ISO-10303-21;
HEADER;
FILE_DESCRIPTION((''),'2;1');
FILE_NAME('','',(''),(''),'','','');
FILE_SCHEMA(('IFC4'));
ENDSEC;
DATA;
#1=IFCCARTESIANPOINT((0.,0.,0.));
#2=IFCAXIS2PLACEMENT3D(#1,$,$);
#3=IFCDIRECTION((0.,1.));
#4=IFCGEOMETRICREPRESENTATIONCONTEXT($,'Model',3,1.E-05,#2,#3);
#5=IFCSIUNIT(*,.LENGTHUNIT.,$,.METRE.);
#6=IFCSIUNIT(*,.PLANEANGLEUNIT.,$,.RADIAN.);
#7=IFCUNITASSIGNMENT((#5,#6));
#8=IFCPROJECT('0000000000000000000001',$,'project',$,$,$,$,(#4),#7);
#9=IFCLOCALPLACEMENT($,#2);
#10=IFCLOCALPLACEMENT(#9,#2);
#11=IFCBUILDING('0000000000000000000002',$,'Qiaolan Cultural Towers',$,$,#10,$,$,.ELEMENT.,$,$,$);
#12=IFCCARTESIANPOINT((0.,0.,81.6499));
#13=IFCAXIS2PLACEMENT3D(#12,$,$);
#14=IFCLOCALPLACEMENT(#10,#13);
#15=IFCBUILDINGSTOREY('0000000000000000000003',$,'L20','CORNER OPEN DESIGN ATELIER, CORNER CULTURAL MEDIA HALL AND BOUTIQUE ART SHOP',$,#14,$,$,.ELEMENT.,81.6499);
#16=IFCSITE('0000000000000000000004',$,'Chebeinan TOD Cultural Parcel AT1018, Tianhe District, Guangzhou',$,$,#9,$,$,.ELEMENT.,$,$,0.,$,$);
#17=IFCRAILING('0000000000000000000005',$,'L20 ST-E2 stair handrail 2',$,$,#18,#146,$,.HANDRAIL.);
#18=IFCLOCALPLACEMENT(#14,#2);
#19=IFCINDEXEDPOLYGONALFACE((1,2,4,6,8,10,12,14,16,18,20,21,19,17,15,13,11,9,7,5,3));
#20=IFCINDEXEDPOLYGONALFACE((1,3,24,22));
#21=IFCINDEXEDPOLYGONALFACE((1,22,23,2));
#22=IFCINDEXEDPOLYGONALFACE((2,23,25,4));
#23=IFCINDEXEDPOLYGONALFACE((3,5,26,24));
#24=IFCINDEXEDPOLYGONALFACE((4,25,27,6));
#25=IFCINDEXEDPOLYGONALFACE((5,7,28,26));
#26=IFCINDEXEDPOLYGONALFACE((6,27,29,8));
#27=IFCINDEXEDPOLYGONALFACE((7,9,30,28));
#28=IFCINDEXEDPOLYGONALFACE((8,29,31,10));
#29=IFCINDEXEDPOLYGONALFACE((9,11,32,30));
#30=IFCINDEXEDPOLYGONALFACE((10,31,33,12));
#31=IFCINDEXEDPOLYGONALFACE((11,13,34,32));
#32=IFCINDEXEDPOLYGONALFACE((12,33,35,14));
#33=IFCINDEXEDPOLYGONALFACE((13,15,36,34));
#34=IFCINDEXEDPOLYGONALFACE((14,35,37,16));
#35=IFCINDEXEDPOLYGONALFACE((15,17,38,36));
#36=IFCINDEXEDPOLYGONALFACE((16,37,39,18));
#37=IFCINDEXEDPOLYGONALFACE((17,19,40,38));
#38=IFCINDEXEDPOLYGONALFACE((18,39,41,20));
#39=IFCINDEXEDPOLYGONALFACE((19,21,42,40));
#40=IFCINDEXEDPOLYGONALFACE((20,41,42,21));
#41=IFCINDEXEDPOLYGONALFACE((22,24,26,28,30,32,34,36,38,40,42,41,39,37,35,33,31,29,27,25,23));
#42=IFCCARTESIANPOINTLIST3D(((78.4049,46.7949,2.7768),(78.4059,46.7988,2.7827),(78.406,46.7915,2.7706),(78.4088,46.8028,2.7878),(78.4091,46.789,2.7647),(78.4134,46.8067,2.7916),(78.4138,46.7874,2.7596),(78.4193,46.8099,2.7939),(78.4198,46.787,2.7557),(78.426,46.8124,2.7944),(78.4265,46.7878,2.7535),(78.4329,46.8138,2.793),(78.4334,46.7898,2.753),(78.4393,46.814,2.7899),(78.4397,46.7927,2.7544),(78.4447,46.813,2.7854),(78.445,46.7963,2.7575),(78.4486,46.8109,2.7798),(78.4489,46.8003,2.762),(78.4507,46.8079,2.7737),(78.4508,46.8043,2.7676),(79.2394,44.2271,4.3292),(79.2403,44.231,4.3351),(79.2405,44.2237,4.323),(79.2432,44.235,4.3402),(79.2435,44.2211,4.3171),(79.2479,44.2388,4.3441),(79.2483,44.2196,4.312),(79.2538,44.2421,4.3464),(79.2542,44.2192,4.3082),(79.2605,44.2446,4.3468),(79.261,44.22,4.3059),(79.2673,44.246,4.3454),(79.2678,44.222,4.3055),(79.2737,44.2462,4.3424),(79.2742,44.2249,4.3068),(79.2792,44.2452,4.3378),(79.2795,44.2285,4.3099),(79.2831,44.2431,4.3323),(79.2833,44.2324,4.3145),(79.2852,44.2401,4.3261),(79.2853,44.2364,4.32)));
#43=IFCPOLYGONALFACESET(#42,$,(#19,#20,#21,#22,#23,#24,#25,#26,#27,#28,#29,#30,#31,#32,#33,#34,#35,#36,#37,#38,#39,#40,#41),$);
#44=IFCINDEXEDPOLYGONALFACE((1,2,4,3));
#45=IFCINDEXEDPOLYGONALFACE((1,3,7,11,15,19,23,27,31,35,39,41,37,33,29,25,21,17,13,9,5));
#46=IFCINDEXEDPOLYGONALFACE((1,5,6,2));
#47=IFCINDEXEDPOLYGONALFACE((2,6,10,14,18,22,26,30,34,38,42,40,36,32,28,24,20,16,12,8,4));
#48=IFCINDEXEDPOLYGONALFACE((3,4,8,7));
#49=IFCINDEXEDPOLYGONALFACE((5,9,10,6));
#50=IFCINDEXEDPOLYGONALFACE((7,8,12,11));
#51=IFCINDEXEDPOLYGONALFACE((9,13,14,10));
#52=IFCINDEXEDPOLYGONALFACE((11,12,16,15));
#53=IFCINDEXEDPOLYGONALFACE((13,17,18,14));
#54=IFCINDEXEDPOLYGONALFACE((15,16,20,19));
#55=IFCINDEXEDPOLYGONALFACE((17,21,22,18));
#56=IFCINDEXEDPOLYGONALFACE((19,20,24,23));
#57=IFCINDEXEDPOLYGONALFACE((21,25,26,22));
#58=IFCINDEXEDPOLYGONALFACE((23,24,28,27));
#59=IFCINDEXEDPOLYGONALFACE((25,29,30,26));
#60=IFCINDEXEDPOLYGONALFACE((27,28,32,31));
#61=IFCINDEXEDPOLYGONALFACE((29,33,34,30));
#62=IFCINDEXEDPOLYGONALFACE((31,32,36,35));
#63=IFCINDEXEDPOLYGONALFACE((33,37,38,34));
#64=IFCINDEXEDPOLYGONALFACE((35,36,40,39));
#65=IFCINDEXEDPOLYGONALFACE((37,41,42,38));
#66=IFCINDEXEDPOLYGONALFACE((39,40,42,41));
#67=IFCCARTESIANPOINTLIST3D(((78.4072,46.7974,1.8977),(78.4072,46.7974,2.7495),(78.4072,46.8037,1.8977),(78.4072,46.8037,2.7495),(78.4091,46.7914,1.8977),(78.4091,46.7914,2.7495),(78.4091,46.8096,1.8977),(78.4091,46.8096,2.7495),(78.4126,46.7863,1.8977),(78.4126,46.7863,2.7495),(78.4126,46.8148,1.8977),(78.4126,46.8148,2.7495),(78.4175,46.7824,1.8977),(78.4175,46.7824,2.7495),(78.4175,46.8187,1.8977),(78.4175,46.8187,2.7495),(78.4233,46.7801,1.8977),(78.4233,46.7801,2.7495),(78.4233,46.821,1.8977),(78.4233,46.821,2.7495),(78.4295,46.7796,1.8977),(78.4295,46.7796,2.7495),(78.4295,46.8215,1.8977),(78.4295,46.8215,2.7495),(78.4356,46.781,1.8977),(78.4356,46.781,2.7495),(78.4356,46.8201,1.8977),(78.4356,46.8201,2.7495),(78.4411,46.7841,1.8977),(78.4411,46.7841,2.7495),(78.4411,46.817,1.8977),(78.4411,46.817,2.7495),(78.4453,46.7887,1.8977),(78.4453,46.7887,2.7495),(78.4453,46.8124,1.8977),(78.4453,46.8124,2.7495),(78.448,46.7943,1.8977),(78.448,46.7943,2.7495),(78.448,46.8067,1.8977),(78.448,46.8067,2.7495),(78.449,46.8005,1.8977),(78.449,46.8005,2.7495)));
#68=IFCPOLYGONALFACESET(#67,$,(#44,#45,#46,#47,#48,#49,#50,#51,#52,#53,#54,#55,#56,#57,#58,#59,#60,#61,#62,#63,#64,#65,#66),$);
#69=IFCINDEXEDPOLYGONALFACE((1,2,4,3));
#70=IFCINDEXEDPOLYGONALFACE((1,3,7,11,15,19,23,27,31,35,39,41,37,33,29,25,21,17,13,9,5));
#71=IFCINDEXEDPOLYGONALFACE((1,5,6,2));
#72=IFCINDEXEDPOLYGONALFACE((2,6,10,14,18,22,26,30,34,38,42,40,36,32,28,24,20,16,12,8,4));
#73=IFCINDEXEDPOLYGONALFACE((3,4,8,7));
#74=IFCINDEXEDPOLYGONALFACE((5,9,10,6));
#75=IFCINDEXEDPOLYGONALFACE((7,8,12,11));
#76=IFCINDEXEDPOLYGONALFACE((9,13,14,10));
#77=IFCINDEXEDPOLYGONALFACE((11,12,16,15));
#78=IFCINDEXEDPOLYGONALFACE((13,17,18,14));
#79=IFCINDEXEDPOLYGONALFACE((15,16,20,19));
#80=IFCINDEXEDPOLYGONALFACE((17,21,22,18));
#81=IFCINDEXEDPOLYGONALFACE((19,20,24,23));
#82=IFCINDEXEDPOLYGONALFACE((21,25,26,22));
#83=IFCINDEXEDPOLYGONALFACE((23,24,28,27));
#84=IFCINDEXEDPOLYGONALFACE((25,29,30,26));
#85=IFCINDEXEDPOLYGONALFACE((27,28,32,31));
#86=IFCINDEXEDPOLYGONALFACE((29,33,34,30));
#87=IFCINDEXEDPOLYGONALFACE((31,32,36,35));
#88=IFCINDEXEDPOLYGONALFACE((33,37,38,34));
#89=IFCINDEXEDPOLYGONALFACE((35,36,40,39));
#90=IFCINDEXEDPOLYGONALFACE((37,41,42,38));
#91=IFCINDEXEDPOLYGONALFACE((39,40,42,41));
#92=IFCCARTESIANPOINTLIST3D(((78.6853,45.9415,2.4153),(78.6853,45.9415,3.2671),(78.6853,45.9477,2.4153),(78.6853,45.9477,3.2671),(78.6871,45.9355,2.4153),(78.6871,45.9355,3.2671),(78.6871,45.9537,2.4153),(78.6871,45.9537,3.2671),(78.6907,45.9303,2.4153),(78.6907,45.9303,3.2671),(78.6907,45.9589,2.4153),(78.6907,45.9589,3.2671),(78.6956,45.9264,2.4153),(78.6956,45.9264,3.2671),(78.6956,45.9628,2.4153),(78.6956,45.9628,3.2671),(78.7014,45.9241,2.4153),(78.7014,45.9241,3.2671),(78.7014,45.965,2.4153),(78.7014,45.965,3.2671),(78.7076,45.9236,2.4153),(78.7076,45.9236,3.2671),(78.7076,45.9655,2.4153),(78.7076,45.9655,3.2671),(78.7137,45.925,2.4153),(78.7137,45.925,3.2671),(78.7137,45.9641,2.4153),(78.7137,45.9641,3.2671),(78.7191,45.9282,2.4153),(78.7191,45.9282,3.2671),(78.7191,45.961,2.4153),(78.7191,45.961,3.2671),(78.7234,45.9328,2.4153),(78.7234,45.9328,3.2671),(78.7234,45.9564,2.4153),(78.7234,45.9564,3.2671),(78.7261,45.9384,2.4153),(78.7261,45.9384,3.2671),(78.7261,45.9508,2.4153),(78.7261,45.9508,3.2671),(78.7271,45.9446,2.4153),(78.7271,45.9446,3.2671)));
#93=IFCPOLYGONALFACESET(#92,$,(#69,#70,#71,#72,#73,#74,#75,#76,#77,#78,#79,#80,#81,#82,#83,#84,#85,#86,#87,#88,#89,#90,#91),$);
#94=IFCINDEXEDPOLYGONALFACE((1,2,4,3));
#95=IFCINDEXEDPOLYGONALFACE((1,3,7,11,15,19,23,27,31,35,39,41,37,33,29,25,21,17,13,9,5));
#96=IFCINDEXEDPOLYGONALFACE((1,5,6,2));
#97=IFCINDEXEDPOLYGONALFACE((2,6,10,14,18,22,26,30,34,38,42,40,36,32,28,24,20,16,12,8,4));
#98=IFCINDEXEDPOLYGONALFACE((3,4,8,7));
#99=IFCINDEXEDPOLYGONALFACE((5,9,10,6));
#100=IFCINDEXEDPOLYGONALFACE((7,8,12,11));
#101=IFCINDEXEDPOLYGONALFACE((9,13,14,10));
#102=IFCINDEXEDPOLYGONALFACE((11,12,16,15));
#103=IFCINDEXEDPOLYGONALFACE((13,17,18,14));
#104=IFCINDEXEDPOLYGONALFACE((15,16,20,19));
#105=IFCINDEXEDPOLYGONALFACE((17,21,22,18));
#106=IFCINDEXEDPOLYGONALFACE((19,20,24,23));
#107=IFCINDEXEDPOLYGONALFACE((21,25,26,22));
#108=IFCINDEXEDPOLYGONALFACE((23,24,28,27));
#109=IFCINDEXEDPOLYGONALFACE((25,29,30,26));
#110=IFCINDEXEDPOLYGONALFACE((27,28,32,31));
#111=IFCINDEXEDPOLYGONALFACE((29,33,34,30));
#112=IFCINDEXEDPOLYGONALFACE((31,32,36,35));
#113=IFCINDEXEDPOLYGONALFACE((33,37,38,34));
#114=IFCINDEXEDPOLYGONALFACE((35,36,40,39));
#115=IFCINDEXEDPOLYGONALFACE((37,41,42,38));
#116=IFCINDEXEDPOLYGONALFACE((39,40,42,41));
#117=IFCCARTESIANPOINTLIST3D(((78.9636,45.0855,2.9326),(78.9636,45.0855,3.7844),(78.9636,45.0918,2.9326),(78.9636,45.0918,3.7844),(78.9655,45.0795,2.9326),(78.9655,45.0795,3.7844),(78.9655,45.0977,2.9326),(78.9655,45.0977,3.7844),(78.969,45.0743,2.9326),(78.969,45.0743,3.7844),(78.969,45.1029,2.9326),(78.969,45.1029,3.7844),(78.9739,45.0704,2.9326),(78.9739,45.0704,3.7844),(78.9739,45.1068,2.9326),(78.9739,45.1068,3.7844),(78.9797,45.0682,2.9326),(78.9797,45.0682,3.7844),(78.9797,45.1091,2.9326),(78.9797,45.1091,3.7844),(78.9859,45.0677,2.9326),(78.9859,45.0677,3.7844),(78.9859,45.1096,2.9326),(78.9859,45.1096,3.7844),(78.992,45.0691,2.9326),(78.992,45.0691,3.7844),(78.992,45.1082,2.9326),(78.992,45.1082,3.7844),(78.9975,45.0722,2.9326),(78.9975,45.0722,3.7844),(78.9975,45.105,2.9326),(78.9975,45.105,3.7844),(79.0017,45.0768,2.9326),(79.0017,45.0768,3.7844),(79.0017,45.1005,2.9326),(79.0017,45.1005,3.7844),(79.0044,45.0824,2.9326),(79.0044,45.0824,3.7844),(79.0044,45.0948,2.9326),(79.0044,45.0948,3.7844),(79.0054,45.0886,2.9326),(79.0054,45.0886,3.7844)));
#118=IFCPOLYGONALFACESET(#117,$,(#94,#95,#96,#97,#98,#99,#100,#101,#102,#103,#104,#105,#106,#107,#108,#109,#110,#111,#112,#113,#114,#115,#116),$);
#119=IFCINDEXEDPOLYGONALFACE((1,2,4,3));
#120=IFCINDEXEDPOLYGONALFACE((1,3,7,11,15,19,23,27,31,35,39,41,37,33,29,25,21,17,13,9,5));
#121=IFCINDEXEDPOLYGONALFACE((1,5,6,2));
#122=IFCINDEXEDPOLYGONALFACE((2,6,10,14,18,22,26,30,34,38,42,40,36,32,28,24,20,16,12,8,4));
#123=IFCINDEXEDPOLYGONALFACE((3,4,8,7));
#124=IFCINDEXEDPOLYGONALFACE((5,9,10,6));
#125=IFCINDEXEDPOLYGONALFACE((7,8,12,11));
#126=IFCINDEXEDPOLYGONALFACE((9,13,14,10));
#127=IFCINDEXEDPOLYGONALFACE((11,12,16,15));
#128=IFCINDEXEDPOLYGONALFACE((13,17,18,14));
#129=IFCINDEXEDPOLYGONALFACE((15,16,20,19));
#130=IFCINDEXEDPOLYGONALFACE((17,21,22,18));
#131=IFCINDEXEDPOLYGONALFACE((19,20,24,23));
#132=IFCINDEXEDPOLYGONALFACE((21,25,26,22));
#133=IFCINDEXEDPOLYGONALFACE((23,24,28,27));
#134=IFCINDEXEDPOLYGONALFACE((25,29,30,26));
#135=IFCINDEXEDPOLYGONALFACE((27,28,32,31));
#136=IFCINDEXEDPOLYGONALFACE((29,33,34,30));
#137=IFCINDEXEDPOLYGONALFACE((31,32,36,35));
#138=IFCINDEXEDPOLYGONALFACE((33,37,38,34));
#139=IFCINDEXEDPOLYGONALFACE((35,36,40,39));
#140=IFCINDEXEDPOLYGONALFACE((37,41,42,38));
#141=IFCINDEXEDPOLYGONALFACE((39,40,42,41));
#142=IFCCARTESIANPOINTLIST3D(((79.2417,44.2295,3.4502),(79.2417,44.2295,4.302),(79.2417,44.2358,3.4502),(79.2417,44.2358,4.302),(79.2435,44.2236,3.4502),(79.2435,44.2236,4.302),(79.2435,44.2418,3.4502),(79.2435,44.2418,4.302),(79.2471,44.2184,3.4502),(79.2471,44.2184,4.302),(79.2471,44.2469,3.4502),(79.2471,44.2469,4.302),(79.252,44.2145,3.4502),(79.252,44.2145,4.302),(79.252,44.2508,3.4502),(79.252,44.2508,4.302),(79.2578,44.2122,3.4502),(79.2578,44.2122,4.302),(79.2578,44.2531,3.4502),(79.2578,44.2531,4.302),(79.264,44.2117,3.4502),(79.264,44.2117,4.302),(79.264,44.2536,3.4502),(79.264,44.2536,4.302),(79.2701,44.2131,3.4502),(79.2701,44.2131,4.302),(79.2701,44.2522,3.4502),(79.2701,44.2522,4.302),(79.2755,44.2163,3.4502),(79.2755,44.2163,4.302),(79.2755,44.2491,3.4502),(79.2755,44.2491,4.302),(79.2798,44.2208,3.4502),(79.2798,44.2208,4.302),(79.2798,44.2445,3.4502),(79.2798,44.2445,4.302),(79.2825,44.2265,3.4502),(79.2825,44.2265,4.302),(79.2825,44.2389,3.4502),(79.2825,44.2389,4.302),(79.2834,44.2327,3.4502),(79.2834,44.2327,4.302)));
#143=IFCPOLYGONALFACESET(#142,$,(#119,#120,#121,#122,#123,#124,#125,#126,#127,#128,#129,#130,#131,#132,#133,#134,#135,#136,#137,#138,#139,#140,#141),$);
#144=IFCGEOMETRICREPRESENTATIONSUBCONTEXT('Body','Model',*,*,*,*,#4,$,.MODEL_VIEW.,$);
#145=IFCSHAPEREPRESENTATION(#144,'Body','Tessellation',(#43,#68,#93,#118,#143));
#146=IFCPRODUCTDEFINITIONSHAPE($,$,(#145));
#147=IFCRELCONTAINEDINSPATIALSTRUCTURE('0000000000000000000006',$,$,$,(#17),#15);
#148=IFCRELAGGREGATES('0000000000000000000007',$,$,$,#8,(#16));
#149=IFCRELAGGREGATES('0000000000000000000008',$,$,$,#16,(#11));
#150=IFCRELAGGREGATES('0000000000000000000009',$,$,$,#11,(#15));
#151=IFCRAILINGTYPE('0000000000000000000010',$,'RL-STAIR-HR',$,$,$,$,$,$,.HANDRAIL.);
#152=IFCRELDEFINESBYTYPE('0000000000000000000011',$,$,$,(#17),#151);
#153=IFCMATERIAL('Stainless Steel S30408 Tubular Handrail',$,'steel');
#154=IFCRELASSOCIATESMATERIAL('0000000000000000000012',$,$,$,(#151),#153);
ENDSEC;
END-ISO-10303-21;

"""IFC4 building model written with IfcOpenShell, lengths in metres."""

from ifc_helpers import new_model, si_unit, direction, frame, origin, origin_2d, place, context, subcontext, project, spatial, circle, extrude, material, type_object, element, save


model = new_model("IFC4")

# Units and contexts
model_context = context("Model", 3, precision=1e-05, world=origin(), true_north=direction((0.0, 1.0)))
body_context = subcontext(model_context, "Body", "Model", "MODEL_VIEW")
ifc_project = project(units=[si_unit("LENGTHUNIT", "METRE"), si_unit("PLANEANGLEUNIT", "RADIAN")], contexts=[model_context])

# Site, building, storey
site_placement = place(None, origin())
site = spatial("IfcSite", under=ifc_project, at=site_placement, Name="Chebeinan TOD Cultural Parcel AT1018, Tianhe District, Guangzhou", CompositionType="ELEMENT", RefElevation=0.0)
building_placement = place(site_placement, origin())
building = spatial("IfcBuilding", under=site, at=building_placement, Name="Qiaolan Cultural Towers", CompositionType="ELEMENT")
storey_placement = place(building_placement, frame((0.0, 0.0, 81.6499)))
storey = spatial("IfcBuildingStorey", under=building, at=storey_placement, Name="L20", Description="CORNER OPEN DESIGN ATELIER, CORNER CULTURAL MEDIA HALL AND BOUTIQUE ART SHOP", CompositionType="ELEMENT", Elevation=81.6499)

# Railing
ifc_material_1 = material(Name="Stainless Steel S30408 Tubular Handrail", Category="steel")
railing_type_1 = type_object("IfcRailingType", Name="RL-STAIR-HR", PredefinedType="HANDRAIL", material=ifc_material_1)
railing_1_placement = place(storey_placement, frame((78.428, 46.8005, 1.8977)))
element("IfcRailing", 1, at=railing_1_placement, inside=storey, type_object=railing_type_1, Name="L20 ST-E2 stair handrail 2", PredefinedType="HANDRAIL", context=body_context, shape_type="SweptSolid", body=[
    extrude(circle(Radius=0.0239, at=origin_2d()), frame((0.0, 0.0, 0.876), z_axis=(0.267926, -0.824471, 0.498461), x_axis=(0.951043, 0.309057, 0.0)), (0.0, 0.0, 1.0), 3.1145),
    extrude(circle(Radius=0.021, at=origin_2d()), origin(), (0.0, 0.0, 1.0), 0.8518),
    extrude(circle(Radius=0.021, at=origin_2d()), frame((0.2781, -0.856, 0.5176)), (0.0, 0.0, 1.0), 0.8518),
    extrude(circle(Radius=0.021, at=origin_2d()), frame((0.5564, -1.7119, 1.0349)), (0.0, 0.0, 1.0), 0.8518),
    extrude(circle(Radius=0.021, at=origin_2d()), frame((0.8345, -2.5679, 1.5525)), (0.0, 0.0, 1.0), 0.8518),
])

save(model, "model.ifc")
